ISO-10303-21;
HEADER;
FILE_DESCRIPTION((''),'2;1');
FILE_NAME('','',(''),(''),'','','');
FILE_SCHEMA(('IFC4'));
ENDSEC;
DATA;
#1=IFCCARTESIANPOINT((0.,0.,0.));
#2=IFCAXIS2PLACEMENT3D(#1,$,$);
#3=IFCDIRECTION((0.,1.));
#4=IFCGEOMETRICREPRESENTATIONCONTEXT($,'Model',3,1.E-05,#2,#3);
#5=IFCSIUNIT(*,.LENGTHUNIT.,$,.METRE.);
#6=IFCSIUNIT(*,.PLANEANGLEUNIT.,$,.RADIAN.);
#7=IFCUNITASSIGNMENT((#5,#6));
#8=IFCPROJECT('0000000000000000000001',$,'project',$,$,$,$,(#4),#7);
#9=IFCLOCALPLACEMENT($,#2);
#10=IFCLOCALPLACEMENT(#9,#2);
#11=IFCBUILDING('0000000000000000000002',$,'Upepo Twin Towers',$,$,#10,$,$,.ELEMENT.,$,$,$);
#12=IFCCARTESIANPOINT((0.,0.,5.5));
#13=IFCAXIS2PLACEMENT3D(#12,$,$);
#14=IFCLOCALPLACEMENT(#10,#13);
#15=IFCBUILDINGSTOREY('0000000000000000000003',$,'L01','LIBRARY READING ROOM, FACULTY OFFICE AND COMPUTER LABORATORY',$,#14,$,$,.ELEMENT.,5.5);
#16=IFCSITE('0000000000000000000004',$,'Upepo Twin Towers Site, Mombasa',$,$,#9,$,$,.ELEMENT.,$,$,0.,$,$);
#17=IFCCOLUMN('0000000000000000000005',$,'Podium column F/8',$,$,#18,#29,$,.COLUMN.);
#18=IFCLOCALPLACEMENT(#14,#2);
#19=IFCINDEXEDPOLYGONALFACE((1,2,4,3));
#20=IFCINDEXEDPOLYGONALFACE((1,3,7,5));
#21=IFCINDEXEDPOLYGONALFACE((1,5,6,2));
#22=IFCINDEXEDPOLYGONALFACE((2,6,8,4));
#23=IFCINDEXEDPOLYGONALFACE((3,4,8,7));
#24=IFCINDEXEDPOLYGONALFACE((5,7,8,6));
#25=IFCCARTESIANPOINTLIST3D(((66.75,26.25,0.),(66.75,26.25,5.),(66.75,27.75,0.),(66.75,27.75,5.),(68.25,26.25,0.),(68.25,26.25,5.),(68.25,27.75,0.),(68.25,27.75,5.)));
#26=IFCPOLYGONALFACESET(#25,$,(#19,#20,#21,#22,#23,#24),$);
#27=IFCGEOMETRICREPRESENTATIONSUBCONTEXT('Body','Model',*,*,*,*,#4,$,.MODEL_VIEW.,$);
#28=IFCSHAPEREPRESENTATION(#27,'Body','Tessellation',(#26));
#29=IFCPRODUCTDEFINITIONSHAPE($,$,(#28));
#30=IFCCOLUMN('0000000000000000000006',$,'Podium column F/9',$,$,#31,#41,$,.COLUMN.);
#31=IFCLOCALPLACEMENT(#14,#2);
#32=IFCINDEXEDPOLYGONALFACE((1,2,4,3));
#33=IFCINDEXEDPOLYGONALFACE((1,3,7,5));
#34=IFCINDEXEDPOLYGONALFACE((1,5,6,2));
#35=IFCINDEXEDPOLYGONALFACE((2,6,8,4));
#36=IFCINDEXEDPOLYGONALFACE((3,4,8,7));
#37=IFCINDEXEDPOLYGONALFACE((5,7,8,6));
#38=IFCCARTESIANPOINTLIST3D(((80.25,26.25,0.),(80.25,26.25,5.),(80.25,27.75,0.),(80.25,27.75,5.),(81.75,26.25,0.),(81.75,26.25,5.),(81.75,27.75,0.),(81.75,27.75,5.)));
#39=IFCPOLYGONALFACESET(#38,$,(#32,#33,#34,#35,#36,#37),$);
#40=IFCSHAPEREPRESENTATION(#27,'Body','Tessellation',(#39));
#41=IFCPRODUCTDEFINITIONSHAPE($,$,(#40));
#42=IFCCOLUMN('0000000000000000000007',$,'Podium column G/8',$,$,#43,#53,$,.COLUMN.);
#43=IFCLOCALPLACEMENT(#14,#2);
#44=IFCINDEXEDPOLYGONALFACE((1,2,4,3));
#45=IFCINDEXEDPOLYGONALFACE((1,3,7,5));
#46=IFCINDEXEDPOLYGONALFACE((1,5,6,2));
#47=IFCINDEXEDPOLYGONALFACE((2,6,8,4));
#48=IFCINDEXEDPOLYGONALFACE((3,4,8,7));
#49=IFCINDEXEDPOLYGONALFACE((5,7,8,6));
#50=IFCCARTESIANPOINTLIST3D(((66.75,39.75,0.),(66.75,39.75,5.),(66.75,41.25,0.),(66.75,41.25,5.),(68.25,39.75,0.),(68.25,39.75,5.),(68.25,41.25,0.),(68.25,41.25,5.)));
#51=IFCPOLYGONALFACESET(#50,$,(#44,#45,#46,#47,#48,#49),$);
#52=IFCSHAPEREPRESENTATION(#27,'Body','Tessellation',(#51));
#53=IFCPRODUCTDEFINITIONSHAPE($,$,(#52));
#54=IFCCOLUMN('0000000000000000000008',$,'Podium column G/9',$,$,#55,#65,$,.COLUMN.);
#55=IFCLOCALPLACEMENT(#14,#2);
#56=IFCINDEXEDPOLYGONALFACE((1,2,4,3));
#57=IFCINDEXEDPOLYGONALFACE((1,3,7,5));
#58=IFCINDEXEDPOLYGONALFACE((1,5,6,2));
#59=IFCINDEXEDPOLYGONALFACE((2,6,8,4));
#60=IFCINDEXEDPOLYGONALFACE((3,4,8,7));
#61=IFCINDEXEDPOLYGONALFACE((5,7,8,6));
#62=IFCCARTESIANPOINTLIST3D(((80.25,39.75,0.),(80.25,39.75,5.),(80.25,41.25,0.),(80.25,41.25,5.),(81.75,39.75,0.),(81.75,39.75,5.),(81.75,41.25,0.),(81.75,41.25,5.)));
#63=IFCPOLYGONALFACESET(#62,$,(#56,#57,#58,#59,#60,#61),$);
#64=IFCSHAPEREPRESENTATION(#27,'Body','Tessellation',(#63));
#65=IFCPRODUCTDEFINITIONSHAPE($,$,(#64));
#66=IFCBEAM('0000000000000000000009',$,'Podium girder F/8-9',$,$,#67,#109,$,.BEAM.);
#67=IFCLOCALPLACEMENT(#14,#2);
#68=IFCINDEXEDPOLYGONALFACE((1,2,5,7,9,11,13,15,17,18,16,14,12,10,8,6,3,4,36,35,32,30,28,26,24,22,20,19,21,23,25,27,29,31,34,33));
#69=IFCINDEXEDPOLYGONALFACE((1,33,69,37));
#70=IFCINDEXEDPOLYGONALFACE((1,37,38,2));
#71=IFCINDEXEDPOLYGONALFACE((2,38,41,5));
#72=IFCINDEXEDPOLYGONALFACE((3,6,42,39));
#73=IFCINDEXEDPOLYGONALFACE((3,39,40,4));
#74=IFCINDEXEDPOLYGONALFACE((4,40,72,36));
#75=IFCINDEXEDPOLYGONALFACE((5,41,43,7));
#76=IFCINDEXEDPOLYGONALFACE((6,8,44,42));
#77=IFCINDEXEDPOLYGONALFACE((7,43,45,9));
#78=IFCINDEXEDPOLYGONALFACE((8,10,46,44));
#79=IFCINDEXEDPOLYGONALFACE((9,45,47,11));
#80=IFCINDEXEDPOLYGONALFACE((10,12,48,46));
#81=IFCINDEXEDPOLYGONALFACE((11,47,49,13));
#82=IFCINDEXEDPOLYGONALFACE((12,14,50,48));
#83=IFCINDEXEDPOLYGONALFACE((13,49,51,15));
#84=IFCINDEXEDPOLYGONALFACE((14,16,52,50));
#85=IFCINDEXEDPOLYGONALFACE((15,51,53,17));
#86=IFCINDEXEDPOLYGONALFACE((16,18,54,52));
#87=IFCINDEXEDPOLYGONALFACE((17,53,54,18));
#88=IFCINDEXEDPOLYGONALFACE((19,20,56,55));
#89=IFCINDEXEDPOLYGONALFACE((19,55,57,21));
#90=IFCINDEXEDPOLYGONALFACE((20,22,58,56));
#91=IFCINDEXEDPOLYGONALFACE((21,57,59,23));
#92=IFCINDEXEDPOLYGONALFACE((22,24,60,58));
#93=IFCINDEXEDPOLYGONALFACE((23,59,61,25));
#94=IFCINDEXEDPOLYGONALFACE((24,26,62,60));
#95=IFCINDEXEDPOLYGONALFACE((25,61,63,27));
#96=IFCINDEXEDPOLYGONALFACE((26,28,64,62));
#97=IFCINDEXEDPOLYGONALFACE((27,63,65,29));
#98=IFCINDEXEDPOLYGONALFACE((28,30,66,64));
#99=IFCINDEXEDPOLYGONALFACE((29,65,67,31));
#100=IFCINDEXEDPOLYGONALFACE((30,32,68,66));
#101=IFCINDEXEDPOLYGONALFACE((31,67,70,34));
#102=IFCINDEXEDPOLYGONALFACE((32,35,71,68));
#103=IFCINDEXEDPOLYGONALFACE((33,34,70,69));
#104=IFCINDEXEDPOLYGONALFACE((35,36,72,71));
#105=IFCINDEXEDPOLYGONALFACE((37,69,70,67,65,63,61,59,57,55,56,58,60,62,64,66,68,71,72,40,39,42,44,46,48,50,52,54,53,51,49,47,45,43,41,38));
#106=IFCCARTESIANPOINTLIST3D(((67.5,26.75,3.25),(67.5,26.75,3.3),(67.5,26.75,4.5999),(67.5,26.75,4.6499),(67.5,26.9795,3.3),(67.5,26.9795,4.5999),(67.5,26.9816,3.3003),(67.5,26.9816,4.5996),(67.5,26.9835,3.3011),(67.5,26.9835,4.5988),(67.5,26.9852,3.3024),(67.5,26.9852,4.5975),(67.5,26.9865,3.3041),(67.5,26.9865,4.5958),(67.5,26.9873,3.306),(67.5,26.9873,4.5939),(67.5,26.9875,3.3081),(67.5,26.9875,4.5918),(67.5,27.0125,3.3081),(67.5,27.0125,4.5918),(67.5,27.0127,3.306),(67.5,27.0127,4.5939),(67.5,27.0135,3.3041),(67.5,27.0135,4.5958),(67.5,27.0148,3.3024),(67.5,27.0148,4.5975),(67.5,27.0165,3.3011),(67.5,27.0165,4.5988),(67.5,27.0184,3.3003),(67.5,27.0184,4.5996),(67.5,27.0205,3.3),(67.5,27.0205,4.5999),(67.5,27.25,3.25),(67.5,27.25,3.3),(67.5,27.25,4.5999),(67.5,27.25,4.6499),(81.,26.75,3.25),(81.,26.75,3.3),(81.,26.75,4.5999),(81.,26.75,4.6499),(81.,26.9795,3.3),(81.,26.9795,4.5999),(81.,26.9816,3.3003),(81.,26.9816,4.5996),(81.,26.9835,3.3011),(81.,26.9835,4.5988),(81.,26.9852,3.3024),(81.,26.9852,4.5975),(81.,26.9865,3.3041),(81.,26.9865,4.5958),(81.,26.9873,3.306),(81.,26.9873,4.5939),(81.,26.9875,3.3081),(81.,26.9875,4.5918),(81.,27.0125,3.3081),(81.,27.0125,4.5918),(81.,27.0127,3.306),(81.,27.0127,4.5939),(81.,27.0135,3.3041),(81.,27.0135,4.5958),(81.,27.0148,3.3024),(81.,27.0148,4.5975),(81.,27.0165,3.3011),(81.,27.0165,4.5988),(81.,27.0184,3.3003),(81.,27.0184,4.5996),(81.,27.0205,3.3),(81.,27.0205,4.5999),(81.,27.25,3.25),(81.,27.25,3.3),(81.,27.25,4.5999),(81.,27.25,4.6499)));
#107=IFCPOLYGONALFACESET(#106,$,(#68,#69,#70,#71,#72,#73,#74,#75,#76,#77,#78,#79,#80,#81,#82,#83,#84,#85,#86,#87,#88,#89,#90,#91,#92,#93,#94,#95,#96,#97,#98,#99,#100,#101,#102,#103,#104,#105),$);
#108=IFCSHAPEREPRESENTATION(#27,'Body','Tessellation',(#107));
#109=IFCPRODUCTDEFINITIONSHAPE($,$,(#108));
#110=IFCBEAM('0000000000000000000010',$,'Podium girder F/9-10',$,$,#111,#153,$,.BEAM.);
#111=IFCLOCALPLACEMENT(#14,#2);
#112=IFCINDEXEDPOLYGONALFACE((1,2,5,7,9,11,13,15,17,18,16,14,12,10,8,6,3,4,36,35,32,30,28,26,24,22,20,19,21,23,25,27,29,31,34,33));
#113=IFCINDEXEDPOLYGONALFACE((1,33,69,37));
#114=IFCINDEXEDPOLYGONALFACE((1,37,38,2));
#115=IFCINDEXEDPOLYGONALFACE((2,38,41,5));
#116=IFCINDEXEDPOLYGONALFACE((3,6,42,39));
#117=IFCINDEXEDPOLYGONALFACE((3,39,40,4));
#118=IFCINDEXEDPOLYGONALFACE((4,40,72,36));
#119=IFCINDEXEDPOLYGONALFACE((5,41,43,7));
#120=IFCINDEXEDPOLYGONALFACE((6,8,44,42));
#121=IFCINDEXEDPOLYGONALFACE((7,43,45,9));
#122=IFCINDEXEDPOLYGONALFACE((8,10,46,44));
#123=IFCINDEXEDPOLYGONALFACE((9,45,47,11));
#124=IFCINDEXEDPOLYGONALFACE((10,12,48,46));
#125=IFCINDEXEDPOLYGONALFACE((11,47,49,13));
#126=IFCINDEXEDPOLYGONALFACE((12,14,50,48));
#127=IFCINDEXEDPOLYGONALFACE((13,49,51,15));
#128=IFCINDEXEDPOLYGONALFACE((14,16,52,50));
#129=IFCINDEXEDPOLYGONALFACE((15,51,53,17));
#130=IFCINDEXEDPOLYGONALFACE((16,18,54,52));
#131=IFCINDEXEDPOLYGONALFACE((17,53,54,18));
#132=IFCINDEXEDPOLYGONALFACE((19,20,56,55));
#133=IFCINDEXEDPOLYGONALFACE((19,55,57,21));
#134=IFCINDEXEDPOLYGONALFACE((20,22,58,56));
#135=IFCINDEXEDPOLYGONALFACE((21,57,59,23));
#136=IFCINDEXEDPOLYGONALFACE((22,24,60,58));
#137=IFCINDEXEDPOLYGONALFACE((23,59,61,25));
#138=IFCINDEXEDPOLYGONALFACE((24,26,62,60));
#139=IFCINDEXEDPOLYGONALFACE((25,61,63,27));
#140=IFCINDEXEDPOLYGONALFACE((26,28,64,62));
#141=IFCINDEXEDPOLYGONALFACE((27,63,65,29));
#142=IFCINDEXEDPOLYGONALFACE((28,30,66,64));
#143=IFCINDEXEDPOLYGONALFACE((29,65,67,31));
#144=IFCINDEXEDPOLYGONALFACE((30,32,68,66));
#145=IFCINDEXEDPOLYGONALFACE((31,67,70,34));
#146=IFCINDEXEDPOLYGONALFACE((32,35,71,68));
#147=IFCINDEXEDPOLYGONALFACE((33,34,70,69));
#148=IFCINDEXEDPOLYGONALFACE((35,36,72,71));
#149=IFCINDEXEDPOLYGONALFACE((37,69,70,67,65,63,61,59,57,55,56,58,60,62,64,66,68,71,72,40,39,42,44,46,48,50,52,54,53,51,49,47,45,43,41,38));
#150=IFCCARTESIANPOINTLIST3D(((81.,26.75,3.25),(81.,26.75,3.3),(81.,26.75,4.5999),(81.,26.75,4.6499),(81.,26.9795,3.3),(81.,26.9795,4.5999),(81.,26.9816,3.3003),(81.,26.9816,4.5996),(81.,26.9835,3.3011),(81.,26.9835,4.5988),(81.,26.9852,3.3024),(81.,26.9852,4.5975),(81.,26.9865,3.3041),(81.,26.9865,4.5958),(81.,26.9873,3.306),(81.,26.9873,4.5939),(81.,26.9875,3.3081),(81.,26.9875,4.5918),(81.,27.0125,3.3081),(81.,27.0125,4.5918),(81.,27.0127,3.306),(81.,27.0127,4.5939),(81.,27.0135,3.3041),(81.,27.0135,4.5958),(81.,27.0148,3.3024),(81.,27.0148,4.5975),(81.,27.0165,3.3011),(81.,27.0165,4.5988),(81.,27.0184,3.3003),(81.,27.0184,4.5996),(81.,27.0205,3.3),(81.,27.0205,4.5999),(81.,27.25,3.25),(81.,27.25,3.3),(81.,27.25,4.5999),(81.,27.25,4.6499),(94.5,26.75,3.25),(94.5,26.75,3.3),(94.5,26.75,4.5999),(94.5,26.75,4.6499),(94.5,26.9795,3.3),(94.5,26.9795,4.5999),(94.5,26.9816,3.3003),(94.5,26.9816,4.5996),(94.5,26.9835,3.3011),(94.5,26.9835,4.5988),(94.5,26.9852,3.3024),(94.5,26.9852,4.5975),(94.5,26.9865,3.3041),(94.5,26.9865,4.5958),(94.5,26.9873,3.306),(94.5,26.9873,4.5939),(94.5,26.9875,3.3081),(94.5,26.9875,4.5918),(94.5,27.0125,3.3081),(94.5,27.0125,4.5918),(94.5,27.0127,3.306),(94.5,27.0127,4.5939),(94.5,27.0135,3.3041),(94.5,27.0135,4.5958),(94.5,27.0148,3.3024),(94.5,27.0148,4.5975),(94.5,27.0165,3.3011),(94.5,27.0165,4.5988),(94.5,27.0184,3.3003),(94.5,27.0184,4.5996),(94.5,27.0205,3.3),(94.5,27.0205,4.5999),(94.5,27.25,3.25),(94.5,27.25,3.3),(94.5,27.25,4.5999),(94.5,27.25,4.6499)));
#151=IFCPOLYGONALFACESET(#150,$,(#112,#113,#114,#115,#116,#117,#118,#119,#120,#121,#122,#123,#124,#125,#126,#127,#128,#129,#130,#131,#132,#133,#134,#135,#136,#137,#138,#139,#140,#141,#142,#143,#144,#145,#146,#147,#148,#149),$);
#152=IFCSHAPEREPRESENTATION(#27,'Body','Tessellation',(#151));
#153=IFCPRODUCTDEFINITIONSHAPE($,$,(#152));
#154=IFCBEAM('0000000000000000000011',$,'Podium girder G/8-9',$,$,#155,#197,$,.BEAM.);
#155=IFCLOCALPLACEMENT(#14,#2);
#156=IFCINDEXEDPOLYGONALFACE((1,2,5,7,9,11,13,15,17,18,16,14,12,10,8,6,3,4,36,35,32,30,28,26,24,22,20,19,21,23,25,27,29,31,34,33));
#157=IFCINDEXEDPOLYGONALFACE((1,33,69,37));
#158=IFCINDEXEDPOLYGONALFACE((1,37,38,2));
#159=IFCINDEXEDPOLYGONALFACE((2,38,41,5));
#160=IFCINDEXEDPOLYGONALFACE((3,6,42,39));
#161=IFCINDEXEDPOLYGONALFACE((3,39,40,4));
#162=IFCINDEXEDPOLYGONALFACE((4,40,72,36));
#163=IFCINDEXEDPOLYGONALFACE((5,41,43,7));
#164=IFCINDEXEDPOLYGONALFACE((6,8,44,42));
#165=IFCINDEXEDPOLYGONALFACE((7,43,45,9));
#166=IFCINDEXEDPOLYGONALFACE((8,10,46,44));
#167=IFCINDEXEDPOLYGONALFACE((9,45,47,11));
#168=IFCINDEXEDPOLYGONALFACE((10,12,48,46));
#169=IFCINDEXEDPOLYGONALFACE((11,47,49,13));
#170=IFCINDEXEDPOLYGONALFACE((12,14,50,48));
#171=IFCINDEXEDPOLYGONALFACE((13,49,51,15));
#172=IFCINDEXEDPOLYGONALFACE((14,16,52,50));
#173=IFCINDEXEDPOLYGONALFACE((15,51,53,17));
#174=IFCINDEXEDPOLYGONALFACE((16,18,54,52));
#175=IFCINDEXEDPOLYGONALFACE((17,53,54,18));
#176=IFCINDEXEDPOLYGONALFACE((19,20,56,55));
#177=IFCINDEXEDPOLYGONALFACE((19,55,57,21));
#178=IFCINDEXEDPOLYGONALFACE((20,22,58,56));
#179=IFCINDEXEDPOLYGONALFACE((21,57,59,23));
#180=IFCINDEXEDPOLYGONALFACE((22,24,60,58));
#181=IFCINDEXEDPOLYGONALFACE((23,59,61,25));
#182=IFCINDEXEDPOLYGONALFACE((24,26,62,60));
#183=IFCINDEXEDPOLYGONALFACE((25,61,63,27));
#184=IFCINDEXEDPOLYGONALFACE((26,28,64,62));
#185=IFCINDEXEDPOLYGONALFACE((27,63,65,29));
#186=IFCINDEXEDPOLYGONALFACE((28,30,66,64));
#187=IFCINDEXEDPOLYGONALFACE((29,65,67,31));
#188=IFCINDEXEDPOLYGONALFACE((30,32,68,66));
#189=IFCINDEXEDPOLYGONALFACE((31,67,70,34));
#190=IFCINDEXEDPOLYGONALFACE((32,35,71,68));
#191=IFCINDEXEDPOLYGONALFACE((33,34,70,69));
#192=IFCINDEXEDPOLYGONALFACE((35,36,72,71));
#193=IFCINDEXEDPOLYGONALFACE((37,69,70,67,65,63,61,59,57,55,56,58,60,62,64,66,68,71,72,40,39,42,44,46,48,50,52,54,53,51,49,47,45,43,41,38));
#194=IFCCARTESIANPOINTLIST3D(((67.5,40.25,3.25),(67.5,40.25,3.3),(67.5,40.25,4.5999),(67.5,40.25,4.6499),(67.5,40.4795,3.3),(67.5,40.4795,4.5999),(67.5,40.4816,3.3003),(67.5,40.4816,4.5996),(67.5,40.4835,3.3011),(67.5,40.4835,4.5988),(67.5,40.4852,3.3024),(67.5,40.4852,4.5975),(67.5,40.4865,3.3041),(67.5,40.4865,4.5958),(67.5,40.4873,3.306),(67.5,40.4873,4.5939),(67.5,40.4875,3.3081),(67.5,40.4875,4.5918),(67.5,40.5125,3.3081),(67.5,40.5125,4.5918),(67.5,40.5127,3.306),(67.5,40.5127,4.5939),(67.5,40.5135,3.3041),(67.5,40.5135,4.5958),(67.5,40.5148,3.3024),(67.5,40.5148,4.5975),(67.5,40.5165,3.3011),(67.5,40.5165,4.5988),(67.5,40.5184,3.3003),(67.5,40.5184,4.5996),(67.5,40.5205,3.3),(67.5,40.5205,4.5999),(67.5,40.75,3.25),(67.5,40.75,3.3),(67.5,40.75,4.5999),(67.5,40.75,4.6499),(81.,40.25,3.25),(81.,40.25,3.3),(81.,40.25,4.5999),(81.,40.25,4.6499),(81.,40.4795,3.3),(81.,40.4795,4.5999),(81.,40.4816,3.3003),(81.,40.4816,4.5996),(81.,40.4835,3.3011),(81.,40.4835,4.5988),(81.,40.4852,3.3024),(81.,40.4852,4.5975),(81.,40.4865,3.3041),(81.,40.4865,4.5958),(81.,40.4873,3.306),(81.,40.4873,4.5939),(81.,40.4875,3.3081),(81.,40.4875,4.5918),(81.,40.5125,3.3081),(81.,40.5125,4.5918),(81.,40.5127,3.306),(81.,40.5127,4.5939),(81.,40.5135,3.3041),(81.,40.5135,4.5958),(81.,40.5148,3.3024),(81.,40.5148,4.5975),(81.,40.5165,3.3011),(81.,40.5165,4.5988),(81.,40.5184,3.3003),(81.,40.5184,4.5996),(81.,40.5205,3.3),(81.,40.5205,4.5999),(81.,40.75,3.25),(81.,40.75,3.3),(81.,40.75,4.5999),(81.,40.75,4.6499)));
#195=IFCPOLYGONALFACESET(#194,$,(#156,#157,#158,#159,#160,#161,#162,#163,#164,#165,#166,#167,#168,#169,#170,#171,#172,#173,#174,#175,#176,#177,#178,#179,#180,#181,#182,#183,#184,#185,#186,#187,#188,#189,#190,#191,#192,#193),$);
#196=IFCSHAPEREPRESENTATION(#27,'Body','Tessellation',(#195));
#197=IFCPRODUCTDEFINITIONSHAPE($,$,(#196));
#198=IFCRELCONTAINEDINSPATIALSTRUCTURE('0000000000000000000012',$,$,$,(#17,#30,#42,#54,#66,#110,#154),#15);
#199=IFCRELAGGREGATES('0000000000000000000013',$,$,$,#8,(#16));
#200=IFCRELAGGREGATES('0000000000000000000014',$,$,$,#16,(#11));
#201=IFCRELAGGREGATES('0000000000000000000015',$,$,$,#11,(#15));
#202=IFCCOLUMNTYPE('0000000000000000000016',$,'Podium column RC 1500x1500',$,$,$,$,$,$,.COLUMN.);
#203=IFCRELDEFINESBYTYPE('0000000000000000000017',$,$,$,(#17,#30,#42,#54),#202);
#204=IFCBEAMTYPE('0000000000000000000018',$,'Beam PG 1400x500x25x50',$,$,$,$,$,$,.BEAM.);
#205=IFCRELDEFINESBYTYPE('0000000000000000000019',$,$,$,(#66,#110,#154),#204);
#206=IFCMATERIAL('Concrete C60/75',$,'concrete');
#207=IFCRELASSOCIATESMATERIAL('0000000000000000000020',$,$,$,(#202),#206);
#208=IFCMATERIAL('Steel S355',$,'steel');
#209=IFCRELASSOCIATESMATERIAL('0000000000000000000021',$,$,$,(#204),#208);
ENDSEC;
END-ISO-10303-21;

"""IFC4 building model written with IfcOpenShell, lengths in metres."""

from ifc_helpers import new_model, si_unit, direction, frame, origin, origin_2d, place, context, subcontext, project, spatial, rectangle, i_section, extrude, material, material_profile, profile_set, type_object, element, save


model = new_model("IFC4")

# Units and contexts
model_context = context("Model", 3, precision=1e-05, world=origin(), true_north=direction((0.0, 1.0)))
body_context = subcontext(model_context, "Body", "Model", "MODEL_VIEW")
ifc_project = project(units=[si_unit("LENGTHUNIT", "METRE"), si_unit("PLANEANGLEUNIT", "RADIAN")], contexts=[model_context])

# Site, building, storey
site_placement = place(None, origin())
site = spatial("IfcSite", under=ifc_project, at=site_placement, Name="Upepo Twin Towers Site, Mombasa", CompositionType="ELEMENT", RefElevation=0.0)
building_placement = place(site_placement, origin())
building = spatial("IfcBuilding", under=site, at=building_placement, Name="Upepo Twin Towers", CompositionType="ELEMENT")
storey_placement = place(building_placement, frame((0.0, 0.0, 5.5)))
storey = spatial("IfcBuildingStorey", under=building, at=storey_placement, Name="L01", Description="LIBRARY READING ROOM, FACULTY OFFICE AND COMPUTER LABORATORY", CompositionType="ELEMENT", Elevation=5.5)

# Columns
ifc_material_1 = material(Name="Concrete C60/75", Category="concrete")
ifc_material_profile_1 = material_profile(ifc_material_1, rectangle(XDim=1.5, YDim=1.5, at=origin_2d()), Name="RC 1500x1500")
ifc_profile_set_1 = profile_set([ifc_material_profile_1], Name="Concrete C60/75")
column_type = type_object("IfcColumnType", Name="Podium column RC 1500x1500", PredefinedType="COLUMN", material=ifc_profile_set_1)
for number, where, z_axis, x_axis, name in (
    (1, (67.5, 27.0, 0.0), (0.0, 0.0, 1.0), (1.0, 0.0, 0.0), "Podium column F/8"),
    (2, (81.0, 27.0, 0.0), (0.0, 0.0, 1.0), (1.0, 0.0, 0.0), "Podium column F/9"),
    (3, (67.5, 40.5, 0.0), (0.0, 0.0, 1.0), (1.0, 0.0, 0.0), "Podium column G/8"),
    (4, (81.0, 40.5, 0.0), (0.0, 0.0, 1.0), (1.0, 0.0, 0.0), "Podium column G/9"),
):
    element("IfcColumn", number, at=place(storey_placement, frame(where, z_axis=z_axis, x_axis=x_axis)), inside=storey, type_object=column_type, Name=name, PredefinedType="COLUMN", context=body_context, shape_type="SweptSolid", body=[
        extrude(rectangle(XDim=1.5, YDim=1.5, at=origin_2d()), origin(), (0.0, 0.0, 1.0), 5.0),
    ])

# Beams
ifc_material_2 = material(Name="Steel S355", Category="steel")
ifc_material_profile_2 = material_profile(ifc_material_2, i_section(OverallWidth=0.5, OverallDepth=1.3999, WebThickness=0.0249, FlangeThickness=0.05, FilletRadius=0.0081, at=origin_2d()), Name="PG 1400x500x25x50")
ifc_profile_set_2 = profile_set([ifc_material_profile_2], Name="Steel S355")
beam_type_1 = type_object("IfcBeamType", Name="Beam PG 1400x500x25x50", PredefinedType="BEAM", material=ifc_profile_set_2)
for number, where, z_axis, x_axis, name in (
    (5, (67.5, 27.0, 3.95), (1.0, 0.0, 0.0), (0.0, 1.0, 0.0), "Podium girder F/8-9"),
    (6, (81.0, 27.0, 3.95), (1.0, 0.0, 0.0), (0.0, 1.0, 0.0), "Podium girder F/9-10"),
    (7, (67.5, 40.5, 3.95), (1.0, 0.0, 0.0), (0.0, 1.0, 0.0), "Podium girder G/8-9"),
):
    element("IfcBeam", number, at=place(storey_placement, frame(where, z_axis=z_axis, x_axis=x_axis)), inside=storey, type_object=beam_type_1, Name=name, PredefinedType="BEAM", context=body_context, shape_type="SweptSolid", body=[
        extrude(i_section(OverallWidth=0.5, OverallDepth=1.3999, WebThickness=0.0249, FlangeThickness=0.05, FilletRadius=0.0081, at=origin_2d()), origin(), (0.0, 0.0, 1.0), 13.5),
    ])

save(model, "model.ifc")
